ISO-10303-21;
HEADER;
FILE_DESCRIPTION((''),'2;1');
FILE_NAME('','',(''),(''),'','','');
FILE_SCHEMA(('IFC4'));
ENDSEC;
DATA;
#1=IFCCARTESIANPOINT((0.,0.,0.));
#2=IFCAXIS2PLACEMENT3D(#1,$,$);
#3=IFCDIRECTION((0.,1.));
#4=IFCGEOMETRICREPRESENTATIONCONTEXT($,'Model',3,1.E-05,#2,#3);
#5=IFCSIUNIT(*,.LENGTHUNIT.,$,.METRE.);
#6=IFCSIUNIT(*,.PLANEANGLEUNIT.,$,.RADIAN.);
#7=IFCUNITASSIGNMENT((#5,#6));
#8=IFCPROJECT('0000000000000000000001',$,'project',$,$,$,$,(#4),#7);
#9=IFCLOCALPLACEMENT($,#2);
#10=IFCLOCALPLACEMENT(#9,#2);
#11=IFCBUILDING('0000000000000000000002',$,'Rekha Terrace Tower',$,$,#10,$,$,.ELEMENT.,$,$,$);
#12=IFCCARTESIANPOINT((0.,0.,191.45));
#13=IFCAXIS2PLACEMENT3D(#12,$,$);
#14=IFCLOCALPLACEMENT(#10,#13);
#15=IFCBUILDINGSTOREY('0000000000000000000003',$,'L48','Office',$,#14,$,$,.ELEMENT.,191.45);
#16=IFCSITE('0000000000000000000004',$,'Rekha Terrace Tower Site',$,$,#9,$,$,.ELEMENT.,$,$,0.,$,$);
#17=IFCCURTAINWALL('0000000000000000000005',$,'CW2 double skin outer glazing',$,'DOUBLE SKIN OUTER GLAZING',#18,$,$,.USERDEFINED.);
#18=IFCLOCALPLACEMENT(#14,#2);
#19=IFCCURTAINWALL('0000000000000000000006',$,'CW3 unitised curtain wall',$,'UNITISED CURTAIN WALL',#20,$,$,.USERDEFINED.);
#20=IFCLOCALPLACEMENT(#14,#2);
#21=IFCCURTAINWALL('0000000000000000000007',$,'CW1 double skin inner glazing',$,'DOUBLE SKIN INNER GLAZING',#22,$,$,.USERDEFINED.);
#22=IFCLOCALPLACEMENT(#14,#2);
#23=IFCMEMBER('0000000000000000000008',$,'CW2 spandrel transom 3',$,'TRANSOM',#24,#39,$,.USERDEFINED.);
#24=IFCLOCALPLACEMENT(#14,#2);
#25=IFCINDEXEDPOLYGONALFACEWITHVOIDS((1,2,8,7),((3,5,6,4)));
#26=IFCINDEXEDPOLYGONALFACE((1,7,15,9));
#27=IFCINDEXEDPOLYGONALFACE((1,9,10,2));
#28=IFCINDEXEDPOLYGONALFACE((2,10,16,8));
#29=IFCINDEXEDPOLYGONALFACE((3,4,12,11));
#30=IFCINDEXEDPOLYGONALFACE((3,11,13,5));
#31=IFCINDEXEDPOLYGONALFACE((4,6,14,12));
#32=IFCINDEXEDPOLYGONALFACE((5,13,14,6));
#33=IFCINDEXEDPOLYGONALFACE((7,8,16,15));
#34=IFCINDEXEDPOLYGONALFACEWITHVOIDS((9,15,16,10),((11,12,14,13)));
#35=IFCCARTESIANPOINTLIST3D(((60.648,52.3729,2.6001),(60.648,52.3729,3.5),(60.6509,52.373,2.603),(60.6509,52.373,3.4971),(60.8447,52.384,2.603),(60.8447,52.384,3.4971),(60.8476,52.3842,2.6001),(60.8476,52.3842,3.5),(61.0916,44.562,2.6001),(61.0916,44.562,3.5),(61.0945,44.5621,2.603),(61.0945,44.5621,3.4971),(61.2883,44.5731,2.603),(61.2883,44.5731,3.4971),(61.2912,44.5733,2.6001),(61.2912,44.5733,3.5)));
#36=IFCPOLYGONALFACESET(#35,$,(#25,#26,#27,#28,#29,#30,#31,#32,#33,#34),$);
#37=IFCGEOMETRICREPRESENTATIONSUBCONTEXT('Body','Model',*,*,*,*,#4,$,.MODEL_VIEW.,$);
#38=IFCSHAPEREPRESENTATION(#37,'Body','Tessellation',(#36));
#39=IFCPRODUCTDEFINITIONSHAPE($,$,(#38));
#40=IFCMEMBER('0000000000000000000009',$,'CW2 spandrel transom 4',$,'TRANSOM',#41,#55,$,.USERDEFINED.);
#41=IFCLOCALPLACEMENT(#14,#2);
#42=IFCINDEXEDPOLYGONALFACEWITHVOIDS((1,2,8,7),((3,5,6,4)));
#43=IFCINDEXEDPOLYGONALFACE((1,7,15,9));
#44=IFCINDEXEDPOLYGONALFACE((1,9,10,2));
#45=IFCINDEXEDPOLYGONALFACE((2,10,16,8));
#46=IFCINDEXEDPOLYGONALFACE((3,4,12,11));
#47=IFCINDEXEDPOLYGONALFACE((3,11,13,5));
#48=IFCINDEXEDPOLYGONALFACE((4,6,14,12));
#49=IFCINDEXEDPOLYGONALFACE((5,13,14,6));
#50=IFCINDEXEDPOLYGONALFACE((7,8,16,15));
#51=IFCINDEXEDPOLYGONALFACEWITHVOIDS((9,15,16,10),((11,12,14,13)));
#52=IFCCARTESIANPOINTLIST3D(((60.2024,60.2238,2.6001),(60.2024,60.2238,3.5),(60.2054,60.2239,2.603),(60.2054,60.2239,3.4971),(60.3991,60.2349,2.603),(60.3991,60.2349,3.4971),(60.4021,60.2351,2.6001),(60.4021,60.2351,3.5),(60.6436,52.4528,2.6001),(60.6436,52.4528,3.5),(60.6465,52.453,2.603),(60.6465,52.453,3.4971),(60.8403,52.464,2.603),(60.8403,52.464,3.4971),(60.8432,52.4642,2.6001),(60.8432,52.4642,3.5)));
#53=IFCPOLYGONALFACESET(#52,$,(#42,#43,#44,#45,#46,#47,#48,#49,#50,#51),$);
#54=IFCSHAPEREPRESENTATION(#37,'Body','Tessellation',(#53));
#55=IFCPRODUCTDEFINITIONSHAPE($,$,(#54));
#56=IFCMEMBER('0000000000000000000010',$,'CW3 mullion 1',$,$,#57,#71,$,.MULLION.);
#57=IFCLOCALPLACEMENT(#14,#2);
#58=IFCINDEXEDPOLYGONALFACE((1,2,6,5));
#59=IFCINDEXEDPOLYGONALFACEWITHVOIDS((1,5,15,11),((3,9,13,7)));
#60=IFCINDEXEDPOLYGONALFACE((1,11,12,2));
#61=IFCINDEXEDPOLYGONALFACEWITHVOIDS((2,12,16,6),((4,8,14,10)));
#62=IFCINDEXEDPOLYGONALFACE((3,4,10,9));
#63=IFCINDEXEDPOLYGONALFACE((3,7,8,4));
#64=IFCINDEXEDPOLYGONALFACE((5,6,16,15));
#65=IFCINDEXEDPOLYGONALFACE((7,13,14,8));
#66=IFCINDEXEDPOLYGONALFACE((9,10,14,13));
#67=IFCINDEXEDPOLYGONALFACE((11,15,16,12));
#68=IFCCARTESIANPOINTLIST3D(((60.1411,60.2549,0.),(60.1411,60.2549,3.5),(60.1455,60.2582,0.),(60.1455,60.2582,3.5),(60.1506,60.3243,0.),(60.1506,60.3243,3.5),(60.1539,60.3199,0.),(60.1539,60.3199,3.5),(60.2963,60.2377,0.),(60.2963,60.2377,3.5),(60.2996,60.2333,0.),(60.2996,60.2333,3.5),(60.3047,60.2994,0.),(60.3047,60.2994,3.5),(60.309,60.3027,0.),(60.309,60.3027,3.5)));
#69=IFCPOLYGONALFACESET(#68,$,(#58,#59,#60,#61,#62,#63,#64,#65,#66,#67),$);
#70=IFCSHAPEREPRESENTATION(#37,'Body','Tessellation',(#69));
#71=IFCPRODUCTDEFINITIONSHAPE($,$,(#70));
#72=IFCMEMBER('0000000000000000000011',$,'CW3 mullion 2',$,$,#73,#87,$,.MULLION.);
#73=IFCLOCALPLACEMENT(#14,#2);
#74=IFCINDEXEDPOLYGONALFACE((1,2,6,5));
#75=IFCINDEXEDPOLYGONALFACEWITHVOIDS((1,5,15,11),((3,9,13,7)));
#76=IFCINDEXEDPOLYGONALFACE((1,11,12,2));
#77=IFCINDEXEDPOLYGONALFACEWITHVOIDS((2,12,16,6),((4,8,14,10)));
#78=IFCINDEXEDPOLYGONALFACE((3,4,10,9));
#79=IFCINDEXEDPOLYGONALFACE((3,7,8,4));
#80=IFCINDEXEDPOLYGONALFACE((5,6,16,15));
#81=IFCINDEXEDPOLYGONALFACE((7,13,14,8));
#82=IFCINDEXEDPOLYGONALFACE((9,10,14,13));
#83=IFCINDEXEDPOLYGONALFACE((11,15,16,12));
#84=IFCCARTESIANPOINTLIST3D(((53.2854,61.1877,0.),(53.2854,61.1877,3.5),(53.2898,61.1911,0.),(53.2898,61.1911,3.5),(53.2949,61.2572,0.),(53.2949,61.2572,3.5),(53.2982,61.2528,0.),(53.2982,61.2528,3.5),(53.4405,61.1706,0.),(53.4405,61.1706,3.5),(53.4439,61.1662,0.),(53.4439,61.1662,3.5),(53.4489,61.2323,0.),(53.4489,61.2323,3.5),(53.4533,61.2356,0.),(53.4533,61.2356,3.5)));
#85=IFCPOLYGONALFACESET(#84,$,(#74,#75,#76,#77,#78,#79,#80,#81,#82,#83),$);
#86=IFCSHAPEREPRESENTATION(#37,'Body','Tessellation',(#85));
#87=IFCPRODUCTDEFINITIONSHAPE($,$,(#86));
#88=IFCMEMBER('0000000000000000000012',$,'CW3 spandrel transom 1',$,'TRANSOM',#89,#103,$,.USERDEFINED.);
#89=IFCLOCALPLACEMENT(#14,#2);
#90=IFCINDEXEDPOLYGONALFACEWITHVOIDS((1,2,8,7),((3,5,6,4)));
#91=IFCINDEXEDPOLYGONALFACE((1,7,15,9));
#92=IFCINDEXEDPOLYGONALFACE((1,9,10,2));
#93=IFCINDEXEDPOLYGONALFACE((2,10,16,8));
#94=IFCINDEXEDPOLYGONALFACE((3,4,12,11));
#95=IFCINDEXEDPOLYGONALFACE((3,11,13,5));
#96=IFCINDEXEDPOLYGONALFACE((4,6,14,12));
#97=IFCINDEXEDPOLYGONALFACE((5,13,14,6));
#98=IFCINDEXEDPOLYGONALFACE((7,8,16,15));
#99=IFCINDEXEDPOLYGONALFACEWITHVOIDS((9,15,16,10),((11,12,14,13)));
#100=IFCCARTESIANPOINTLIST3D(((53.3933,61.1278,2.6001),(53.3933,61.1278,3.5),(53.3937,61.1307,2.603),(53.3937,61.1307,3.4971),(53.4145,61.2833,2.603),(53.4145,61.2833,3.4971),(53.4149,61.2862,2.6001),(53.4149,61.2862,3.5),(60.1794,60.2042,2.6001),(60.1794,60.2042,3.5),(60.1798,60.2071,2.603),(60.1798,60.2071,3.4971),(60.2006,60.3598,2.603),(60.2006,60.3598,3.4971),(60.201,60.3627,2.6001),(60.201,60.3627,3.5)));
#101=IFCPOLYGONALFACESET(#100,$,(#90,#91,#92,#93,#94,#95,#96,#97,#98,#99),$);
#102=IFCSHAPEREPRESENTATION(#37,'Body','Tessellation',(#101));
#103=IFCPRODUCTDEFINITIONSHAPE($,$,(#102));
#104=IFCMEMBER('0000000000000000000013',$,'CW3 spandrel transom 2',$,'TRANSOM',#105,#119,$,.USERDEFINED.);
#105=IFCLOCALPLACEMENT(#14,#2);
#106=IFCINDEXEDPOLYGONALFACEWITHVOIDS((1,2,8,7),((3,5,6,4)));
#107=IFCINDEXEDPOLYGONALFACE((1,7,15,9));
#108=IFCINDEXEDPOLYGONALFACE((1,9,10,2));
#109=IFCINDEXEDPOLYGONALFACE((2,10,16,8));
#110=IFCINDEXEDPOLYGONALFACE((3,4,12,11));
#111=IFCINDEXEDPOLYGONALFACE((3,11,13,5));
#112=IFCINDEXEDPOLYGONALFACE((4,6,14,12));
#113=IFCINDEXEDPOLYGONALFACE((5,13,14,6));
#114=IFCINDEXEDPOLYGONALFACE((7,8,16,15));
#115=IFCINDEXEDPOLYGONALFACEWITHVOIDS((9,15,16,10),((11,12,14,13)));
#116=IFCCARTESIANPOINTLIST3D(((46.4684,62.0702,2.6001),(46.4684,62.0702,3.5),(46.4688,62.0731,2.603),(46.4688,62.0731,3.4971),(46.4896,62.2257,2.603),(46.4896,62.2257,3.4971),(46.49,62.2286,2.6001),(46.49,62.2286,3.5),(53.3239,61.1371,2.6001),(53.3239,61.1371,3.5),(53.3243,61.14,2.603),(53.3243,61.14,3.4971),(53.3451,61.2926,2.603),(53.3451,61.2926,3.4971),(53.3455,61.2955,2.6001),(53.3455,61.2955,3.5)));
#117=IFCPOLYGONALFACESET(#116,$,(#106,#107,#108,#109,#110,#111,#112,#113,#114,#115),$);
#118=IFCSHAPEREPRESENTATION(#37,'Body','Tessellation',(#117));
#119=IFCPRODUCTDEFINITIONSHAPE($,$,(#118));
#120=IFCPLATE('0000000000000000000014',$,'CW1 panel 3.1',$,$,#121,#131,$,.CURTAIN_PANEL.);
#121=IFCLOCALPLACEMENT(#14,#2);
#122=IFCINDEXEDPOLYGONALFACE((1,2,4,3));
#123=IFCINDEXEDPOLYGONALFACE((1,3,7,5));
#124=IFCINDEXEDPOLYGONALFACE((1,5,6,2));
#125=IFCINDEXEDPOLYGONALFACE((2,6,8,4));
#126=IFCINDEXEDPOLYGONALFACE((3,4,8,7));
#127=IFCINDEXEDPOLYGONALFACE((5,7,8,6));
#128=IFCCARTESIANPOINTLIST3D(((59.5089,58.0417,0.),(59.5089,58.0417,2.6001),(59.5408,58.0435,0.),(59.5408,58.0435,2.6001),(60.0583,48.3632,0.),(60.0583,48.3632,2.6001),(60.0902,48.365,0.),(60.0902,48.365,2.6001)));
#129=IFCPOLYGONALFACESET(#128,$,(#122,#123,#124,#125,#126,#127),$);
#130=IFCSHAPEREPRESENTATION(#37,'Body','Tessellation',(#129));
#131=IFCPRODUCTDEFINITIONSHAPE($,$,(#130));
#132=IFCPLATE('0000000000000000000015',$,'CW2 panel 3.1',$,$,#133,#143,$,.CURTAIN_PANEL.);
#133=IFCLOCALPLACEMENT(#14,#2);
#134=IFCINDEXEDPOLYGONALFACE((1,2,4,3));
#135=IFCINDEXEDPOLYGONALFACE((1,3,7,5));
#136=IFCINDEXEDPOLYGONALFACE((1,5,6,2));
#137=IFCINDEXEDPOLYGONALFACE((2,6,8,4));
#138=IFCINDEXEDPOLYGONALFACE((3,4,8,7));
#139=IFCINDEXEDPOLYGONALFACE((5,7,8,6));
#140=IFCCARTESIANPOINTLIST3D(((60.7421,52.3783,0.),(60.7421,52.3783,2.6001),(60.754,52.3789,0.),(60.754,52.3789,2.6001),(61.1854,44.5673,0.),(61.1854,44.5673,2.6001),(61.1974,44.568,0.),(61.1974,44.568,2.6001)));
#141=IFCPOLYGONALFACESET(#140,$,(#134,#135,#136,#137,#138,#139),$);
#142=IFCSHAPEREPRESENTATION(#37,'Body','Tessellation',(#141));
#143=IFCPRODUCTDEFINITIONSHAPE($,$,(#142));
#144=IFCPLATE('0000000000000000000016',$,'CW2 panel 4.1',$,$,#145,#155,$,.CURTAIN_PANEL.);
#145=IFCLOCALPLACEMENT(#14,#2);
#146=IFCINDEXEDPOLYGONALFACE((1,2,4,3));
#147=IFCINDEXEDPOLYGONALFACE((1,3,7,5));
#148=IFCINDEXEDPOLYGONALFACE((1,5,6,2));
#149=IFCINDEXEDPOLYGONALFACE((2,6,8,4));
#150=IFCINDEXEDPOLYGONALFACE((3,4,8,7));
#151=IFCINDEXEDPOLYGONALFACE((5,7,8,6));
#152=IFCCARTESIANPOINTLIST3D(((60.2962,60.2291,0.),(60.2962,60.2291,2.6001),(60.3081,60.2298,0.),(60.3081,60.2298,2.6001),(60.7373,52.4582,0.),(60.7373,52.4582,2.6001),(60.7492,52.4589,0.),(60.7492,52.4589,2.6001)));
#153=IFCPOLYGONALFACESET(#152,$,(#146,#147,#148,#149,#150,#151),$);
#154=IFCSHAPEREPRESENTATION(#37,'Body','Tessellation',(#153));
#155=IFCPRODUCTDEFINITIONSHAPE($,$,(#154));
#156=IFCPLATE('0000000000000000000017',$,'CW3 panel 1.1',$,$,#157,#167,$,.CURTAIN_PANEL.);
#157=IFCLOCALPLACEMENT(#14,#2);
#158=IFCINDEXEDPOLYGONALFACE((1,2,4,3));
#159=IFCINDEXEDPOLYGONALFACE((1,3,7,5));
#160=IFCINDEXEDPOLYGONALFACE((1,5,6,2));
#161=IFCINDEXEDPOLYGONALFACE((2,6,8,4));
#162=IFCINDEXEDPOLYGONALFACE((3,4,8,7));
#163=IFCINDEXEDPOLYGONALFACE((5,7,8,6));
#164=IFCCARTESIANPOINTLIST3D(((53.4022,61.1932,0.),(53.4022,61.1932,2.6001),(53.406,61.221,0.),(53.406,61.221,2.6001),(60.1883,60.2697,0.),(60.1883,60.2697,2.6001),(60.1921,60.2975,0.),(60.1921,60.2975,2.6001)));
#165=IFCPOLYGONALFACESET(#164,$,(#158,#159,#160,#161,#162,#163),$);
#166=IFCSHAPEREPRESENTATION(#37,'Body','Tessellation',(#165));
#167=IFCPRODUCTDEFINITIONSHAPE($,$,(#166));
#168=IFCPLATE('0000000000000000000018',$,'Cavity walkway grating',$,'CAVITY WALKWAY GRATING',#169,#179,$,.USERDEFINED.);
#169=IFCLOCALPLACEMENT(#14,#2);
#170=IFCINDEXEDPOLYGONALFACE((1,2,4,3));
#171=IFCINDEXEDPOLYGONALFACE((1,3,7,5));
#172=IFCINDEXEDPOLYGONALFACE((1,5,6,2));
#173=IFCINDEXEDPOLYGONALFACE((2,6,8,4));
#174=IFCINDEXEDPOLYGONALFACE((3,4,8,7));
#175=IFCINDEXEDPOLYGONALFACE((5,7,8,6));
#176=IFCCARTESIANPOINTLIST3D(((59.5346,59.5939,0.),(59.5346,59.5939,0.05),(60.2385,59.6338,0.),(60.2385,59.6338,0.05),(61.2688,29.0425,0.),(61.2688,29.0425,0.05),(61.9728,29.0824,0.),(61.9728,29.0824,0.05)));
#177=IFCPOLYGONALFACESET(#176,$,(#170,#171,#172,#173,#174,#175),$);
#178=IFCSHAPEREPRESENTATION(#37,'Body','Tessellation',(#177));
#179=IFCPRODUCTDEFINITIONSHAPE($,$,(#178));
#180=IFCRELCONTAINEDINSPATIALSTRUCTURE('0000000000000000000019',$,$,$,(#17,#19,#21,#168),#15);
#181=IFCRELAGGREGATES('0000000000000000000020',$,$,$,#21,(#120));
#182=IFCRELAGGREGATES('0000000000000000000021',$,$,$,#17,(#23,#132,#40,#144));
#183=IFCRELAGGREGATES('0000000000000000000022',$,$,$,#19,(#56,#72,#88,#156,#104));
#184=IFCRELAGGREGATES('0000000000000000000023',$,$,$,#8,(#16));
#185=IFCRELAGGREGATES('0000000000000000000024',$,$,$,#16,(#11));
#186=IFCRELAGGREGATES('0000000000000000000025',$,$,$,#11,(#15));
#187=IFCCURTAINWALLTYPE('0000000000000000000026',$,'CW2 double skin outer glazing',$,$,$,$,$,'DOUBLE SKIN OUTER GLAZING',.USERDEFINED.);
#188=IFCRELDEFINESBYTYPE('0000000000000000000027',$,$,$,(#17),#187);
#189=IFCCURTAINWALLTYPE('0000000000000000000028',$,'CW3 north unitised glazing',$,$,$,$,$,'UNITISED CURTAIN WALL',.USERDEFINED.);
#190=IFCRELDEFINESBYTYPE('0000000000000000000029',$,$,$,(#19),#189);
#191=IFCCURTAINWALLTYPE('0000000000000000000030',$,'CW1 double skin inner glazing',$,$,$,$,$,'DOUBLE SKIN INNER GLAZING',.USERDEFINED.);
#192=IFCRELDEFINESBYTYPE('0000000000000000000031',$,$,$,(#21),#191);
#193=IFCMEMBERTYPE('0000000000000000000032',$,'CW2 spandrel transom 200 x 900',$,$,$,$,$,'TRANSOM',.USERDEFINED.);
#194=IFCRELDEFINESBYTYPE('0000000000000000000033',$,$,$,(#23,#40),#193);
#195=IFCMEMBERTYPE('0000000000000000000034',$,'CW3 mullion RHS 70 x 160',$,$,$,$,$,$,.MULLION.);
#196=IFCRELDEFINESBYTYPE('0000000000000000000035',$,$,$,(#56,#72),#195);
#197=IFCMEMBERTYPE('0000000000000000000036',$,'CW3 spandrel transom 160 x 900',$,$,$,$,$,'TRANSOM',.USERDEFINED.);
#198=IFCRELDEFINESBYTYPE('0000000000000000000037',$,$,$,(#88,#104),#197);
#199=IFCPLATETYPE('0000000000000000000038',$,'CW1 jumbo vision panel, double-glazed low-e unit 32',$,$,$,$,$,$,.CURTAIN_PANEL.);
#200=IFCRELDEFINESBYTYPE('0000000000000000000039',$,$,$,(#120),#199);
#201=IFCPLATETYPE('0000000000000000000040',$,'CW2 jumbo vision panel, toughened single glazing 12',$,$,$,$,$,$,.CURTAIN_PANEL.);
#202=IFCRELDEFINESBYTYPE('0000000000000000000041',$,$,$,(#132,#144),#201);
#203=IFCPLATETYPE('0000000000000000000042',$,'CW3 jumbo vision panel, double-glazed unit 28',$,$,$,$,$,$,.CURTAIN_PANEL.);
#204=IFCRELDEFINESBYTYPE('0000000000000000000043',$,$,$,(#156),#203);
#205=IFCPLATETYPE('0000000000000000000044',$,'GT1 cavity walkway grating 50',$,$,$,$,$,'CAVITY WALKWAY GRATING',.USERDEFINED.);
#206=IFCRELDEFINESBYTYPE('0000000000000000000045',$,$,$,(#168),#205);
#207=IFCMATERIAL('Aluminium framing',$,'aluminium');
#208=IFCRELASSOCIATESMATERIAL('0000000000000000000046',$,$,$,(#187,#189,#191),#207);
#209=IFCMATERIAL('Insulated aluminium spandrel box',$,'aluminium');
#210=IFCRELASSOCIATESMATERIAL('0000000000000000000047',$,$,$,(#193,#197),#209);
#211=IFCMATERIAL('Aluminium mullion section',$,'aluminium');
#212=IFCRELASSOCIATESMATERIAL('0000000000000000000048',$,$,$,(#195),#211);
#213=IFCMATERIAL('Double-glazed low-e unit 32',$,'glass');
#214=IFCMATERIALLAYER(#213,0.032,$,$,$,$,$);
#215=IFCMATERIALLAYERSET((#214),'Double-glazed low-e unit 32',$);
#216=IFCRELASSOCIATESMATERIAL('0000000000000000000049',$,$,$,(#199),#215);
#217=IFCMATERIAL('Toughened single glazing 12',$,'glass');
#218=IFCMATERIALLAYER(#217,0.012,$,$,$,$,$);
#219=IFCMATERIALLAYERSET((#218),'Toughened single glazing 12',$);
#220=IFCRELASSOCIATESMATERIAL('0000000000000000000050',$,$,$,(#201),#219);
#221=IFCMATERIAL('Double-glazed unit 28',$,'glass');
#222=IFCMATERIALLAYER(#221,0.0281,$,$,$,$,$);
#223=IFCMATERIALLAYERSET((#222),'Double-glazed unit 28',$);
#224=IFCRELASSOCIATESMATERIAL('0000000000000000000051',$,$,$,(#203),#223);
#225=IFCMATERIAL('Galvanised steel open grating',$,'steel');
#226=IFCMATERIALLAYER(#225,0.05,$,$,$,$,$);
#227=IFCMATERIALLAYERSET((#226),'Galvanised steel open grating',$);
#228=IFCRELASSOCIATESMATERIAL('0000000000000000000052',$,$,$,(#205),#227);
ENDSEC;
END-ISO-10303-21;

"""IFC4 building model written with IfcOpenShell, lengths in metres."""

from ifc_helpers import new_model, si_unit, direction, frame, origin, origin_2d, place, context, subcontext, project, spatial, rectangle, hollow_rectangle, extrude, material, layer, layer_set, material_profile, profile_set, type_object, element, aggregate, save


model = new_model("IFC4")

# Units and contexts
model_context = context("Model", 3, precision=1e-05, world=origin(), true_north=direction((0.0, 1.0)))
body_context = subcontext(model_context, "Body", "Model", "MODEL_VIEW")
ifc_project = project(units=[si_unit("LENGTHUNIT", "METRE"), si_unit("PLANEANGLEUNIT", "RADIAN")], contexts=[model_context])

# Site, building, storey
site_placement = place(None, origin())
site = spatial("IfcSite", under=ifc_project, at=site_placement, Name="Rekha Terrace Tower Site", CompositionType="ELEMENT", RefElevation=0.0)
building_placement = place(site_placement, origin())
building = spatial("IfcBuilding", under=site, at=building_placement, Name="Rekha Terrace Tower", CompositionType="ELEMENT")
storey_placement = place(building_placement, frame((0.0, 0.0, 191.45)))
storey = spatial("IfcBuildingStorey", under=building, at=storey_placement, Name="L48", Description="Office", CompositionType="ELEMENT", Elevation=191.45)

# Curtain wall
ifc_material_1 = material(Name="Aluminium framing", Category="aluminium")
curtain_wall_type_1 = type_object("IfcCurtainWallType", Name="CW2 double skin outer glazing", ElementType="DOUBLE SKIN OUTER GLAZING", PredefinedType="USERDEFINED", material=ifc_material_1)
curtain_wall_1_placement = place(storey_placement, origin())
curtain_wall_1 = element("IfcCurtainWall", 1, at=curtain_wall_1_placement, inside=storey, type_object=curtain_wall_type_1, Name="CW2 double skin outer glazing", ObjectType="DOUBLE SKIN OUTER GLAZING", PredefinedType="USERDEFINED")

# Curtain wall
curtain_wall_type_2 = type_object("IfcCurtainWallType", Name="CW3 north unitised glazing", ElementType="UNITISED CURTAIN WALL", PredefinedType="USERDEFINED", material=ifc_material_1)
curtain_wall_2_placement = place(storey_placement, origin())
curtain_wall_2 = element("IfcCurtainWall", 2, at=curtain_wall_2_placement, inside=storey, type_object=curtain_wall_type_2, Name="CW3 unitised curtain wall", ObjectType="UNITISED CURTAIN WALL", PredefinedType="USERDEFINED")

# Curtain wall
curtain_wall_type_3 = type_object("IfcCurtainWallType", Name="CW1 double skin inner glazing", ElementType="DOUBLE SKIN INNER GLAZING", PredefinedType="USERDEFINED", material=ifc_material_1)
curtain_wall_3_placement = place(storey_placement, origin())
curtain_wall_3 = element("IfcCurtainWall", 3, at=curtain_wall_3_placement, inside=storey, type_object=curtain_wall_type_3, Name="CW1 double skin inner glazing", ObjectType="DOUBLE SKIN INNER GLAZING", PredefinedType="USERDEFINED")
ifc_material_2 = material(Name="Aluminium mullion section", Category="aluminium")
ifc_material_3 = material(Name="Insulated aluminium spandrel box", Category="aluminium")

# Members
ifc_material_profile_1 = material_profile(ifc_material_3, hollow_rectangle(XDim=0.2, YDim=0.8999, WallThickness=0.0029, at=origin_2d()), Name="AL SPANDREL BOX 200x900")
ifc_profile_set_1 = profile_set([ifc_material_profile_1], Name="Insulated aluminium spandrel box")
member_type_1 = type_object("IfcMemberType", Name="CW2 spandrel transom 200 x 900", ElementType="TRANSOM", PredefinedType="USERDEFINED", material=ifc_profile_set_1)
member_1_placement = place(storey_placement, frame((61.1914, 44.5676, 3.05), z_axis=(-0.056702, 0.998391, 0.0), x_axis=(-0.998391, -0.056702, 0.0)))
member_1 = element("IfcMember", 4, at=member_1_placement, type_object=member_type_1, Name="CW2 spandrel transom 3", ObjectType="TRANSOM", PredefinedType="USERDEFINED", context=body_context, shape_type="SweptSolid", body=[
    extrude(hollow_rectangle(XDim=0.2, YDim=0.8999, WallThickness=0.0029, at=origin_2d()), origin(), (0.0, 0.0, 1.0), 7.8235),
])
member_2_placement = place(storey_placement, frame((60.7434, 52.4585, 3.05), z_axis=(-0.056679, 0.998392, 0.0), x_axis=(-0.998392, -0.056679, 0.0)))
member_2 = element("IfcMember", 5, at=member_2_placement, type_object=member_type_1, Name="CW2 spandrel transom 4", ObjectType="TRANSOM", PredefinedType="USERDEFINED", context=body_context, shape_type="SweptSolid", body=[
    extrude(hollow_rectangle(XDim=0.2, YDim=0.8999, WallThickness=0.0029, at=origin_2d()), origin(), (0.0, 0.0, 1.0), 7.7834),
])
ifc_material_profile_2 = material_profile(ifc_material_2, hollow_rectangle(XDim=0.0701, YDim=0.1599, WallThickness=0.0039, at=origin_2d()), Name="AL RHS 70x160")
ifc_profile_set_2 = profile_set([ifc_material_profile_2], Name="Aluminium mullion section")
member_type_2 = type_object("IfcMemberType", Name="CW3 mullion RHS 70 x 160", PredefinedType="MULLION", material=ifc_profile_set_2)
member_3_placement = place(storey_placement, frame((60.2251, 60.2788, 0.0), z_axis=(0.0, 0.0, 1.0), x_axis=(-0.134841, -0.990867, 0.0)))
member_3 = element("IfcMember", 6, at=member_3_placement, type_object=member_type_2, Name="CW3 mullion 1", PredefinedType="MULLION", context=body_context, shape_type="SweptSolid", body=[
    extrude(hollow_rectangle(XDim=0.0701, YDim=0.1599, WallThickness=0.0039, at=origin_2d()), origin(), (0.0, 0.0, 1.0), 3.5),
])
member_4_placement = place(storey_placement, frame((53.3694, 61.2117, 0.0), z_axis=(0.0, 0.0, 1.0), x_axis=(-0.134841, -0.990867, 0.0)))
member_4 = element("IfcMember", 7, at=member_4_placement, type_object=member_type_2, Name="CW3 mullion 2", PredefinedType="MULLION", context=body_context, shape_type="SweptSolid", body=[
    extrude(hollow_rectangle(XDim=0.0701, YDim=0.1599, WallThickness=0.0039, at=origin_2d()), origin(), (0.0, 0.0, 1.0), 3.5),
])
ifc_material_profile_3 = material_profile(ifc_material_3, hollow_rectangle(XDim=0.1599, YDim=0.8999, WallThickness=0.0029, at=origin_2d()), Name="AL SPANDREL BOX 160x900")
ifc_profile_set_3 = profile_set([ifc_material_profile_3], Name="Insulated aluminium spandrel box")
member_type_3 = type_object("IfcMemberType", Name="CW3 spandrel transom 160 x 900", ElementType="TRANSOM", PredefinedType="USERDEFINED", material=ifc_profile_set_3)
member_5_placement = place(storey_placement, frame((60.1902, 60.2834, 3.05), z_axis=(-0.990865, 0.134855, 0.0), x_axis=(-0.134855, -0.990865, 0.0)))
member_5 = element("IfcMember", 8, at=member_5_placement, type_object=member_type_3, Name="CW3 spandrel transom 1", ObjectType="TRANSOM", PredefinedType="USERDEFINED", context=body_context, shape_type="SweptSolid", body=[
    extrude(hollow_rectangle(XDim=0.1599, YDim=0.8999, WallThickness=0.0029, at=origin_2d()), origin(), (0.0, 0.0, 1.0), 6.8486),
])
member_6_placement = place(storey_placement, frame((53.3347, 61.2163, 3.05), z_axis=(-0.990864, 0.134868, 0.0), x_axis=(-0.134868, -0.990864, 0.0)))
member_6 = element("IfcMember", 9, at=member_6_placement, type_object=member_type_3, Name="CW3 spandrel transom 2", ObjectType="TRANSOM", PredefinedType="USERDEFINED", context=body_context, shape_type="SweptSolid", body=[
    extrude(hollow_rectangle(XDim=0.1599, YDim=0.8999, WallThickness=0.0029, at=origin_2d()), origin(), (0.0, 0.0, 1.0), 6.9187),
])

# Plates
ifc_material_4 = material(Name="Double-glazed low-e unit 32", Category="glass")
ifc_layer_1 = layer(ifc_material_4, 0.032)
ifc_layer_set_1 = layer_set([ifc_layer_1], Name="Double-glazed low-e unit 32")
plate_type_1 = type_object("IfcPlateType", Name="CW1 jumbo vision panel, double-glazed low-e unit 32", PredefinedType="CURTAIN_PANEL", material=ifc_layer_set_1)
plate_1_placement = place(storey_placement, frame((59.7996, 53.2034, 0.0), z_axis=(0.0, 0.0, 1.0), x_axis=(-0.056673, 0.998393, 0.0)))
plate_1 = element("IfcPlate", 10, at=plate_1_placement, type_object=plate_type_1, Name="CW1 panel 3.1", PredefinedType="CURTAIN_PANEL", context=body_context, shape_type="SweptSolid", body=[
    extrude(rectangle(XDim=9.6941, YDim=0.032, at=origin_2d()), origin(), (0.0, 0.0, 1.0), 2.6001),
])
aggregate(curtain_wall_3, [plate_1])
ifc_material_5 = material(Name="Toughened single glazing 12", Category="glass")
ifc_layer_2 = layer(ifc_material_5, 0.012)
ifc_layer_set_2 = layer_set([ifc_layer_2], Name="Toughened single glazing 12")
plate_type_2 = type_object("IfcPlateType", Name="CW2 jumbo vision panel, toughened single glazing 12", PredefinedType="CURTAIN_PANEL", material=ifc_layer_set_2)
plate_2_placement = place(storey_placement, frame((60.9697, 48.4731, 0.0), z_axis=(0.0, 0.0, 1.0), x_axis=(-0.056673, 0.998393, 0.0)))
plate_2 = element("IfcPlate", 11, at=plate_2_placement, type_object=plate_type_2, Name="CW2 panel 3.1", PredefinedType="CURTAIN_PANEL", context=body_context, shape_type="SweptSolid", body=[
    extrude(rectangle(XDim=7.8235, YDim=0.012, at=origin_2d()), origin(), (0.0, 0.0, 1.0), 2.6001),
])
plate_3_placement = place(storey_placement, frame((60.5227, 56.344, 0.0), z_axis=(0.0, 0.0, 1.0), x_axis=(-0.056673, 0.998393, 0.0)))
plate_3 = element("IfcPlate", 12, at=plate_3_placement, type_object=plate_type_2, Name="CW2 panel 4.1", PredefinedType="CURTAIN_PANEL", context=body_context, shape_type="SweptSolid", body=[
    extrude(rectangle(XDim=7.7834, YDim=0.012, at=origin_2d()), origin(), (0.0, 0.0, 1.0), 2.6001),
])
aggregate(curtain_wall_1, [member_1, plate_2, member_2, plate_3])
ifc_material_6 = material(Name="Double-glazed unit 28", Category="glass")
ifc_layer_3 = layer(ifc_material_6, 0.0281)
ifc_layer_set_3 = layer_set([ifc_layer_3], Name="Double-glazed unit 28")
plate_type_3 = type_object("IfcPlateType", Name="CW3 jumbo vision panel, double-glazed unit 28", PredefinedType="CURTAIN_PANEL", material=ifc_layer_set_3)
plate_4_placement = place(storey_placement, frame((56.7971, 60.7454, 0.0), z_axis=(0.0, 0.0, 1.0), x_axis=(-0.990867, 0.134841, 0.0)))
plate_4 = element("IfcPlate", 13, at=plate_4_placement, type_object=plate_type_3, Name="CW3 panel 1.1", PredefinedType="CURTAIN_PANEL", context=body_context, shape_type="SweptSolid", body=[
    extrude(rectangle(XDim=6.8486, YDim=0.0281, at=origin_2d()), origin(), (0.0, 0.0, 1.0), 2.6001),
])
aggregate(curtain_wall_2, [member_3, member_4, member_5, plate_4, member_6])
ifc_material_7 = material(Name="Galvanised steel open grating", Category="steel")
ifc_layer_4 = layer(ifc_material_7, 0.05)
ifc_layer_set_4 = layer_set([ifc_layer_4], Name="Galvanised steel open grating")
plate_type_4 = type_object("IfcPlateType", Name="GT1 cavity walkway grating 50", ElementType="CAVITY WALKWAY GRATING", PredefinedType="USERDEFINED", material=ifc_layer_set_4)
plate_5_placement = place(storey_placement, frame((60.7537, 44.3381, 0.0), z_axis=(0.0, 0.0, 1.0), x_axis=(-0.056673, 0.998393, 0.0)))
element("IfcPlate", 14, at=plate_5_placement, inside=storey, type_object=plate_type_4, Name="Cavity walkway grating", ObjectType="CAVITY WALKWAY GRATING", PredefinedType="USERDEFINED", context=body_context, shape_type="SweptSolid", body=[
    extrude(rectangle(XDim=30.6006, YDim=0.7051, at=origin_2d()), origin(), (0.0, 0.0, 1.0), 0.05),
])

save(model, "model.ifc")
